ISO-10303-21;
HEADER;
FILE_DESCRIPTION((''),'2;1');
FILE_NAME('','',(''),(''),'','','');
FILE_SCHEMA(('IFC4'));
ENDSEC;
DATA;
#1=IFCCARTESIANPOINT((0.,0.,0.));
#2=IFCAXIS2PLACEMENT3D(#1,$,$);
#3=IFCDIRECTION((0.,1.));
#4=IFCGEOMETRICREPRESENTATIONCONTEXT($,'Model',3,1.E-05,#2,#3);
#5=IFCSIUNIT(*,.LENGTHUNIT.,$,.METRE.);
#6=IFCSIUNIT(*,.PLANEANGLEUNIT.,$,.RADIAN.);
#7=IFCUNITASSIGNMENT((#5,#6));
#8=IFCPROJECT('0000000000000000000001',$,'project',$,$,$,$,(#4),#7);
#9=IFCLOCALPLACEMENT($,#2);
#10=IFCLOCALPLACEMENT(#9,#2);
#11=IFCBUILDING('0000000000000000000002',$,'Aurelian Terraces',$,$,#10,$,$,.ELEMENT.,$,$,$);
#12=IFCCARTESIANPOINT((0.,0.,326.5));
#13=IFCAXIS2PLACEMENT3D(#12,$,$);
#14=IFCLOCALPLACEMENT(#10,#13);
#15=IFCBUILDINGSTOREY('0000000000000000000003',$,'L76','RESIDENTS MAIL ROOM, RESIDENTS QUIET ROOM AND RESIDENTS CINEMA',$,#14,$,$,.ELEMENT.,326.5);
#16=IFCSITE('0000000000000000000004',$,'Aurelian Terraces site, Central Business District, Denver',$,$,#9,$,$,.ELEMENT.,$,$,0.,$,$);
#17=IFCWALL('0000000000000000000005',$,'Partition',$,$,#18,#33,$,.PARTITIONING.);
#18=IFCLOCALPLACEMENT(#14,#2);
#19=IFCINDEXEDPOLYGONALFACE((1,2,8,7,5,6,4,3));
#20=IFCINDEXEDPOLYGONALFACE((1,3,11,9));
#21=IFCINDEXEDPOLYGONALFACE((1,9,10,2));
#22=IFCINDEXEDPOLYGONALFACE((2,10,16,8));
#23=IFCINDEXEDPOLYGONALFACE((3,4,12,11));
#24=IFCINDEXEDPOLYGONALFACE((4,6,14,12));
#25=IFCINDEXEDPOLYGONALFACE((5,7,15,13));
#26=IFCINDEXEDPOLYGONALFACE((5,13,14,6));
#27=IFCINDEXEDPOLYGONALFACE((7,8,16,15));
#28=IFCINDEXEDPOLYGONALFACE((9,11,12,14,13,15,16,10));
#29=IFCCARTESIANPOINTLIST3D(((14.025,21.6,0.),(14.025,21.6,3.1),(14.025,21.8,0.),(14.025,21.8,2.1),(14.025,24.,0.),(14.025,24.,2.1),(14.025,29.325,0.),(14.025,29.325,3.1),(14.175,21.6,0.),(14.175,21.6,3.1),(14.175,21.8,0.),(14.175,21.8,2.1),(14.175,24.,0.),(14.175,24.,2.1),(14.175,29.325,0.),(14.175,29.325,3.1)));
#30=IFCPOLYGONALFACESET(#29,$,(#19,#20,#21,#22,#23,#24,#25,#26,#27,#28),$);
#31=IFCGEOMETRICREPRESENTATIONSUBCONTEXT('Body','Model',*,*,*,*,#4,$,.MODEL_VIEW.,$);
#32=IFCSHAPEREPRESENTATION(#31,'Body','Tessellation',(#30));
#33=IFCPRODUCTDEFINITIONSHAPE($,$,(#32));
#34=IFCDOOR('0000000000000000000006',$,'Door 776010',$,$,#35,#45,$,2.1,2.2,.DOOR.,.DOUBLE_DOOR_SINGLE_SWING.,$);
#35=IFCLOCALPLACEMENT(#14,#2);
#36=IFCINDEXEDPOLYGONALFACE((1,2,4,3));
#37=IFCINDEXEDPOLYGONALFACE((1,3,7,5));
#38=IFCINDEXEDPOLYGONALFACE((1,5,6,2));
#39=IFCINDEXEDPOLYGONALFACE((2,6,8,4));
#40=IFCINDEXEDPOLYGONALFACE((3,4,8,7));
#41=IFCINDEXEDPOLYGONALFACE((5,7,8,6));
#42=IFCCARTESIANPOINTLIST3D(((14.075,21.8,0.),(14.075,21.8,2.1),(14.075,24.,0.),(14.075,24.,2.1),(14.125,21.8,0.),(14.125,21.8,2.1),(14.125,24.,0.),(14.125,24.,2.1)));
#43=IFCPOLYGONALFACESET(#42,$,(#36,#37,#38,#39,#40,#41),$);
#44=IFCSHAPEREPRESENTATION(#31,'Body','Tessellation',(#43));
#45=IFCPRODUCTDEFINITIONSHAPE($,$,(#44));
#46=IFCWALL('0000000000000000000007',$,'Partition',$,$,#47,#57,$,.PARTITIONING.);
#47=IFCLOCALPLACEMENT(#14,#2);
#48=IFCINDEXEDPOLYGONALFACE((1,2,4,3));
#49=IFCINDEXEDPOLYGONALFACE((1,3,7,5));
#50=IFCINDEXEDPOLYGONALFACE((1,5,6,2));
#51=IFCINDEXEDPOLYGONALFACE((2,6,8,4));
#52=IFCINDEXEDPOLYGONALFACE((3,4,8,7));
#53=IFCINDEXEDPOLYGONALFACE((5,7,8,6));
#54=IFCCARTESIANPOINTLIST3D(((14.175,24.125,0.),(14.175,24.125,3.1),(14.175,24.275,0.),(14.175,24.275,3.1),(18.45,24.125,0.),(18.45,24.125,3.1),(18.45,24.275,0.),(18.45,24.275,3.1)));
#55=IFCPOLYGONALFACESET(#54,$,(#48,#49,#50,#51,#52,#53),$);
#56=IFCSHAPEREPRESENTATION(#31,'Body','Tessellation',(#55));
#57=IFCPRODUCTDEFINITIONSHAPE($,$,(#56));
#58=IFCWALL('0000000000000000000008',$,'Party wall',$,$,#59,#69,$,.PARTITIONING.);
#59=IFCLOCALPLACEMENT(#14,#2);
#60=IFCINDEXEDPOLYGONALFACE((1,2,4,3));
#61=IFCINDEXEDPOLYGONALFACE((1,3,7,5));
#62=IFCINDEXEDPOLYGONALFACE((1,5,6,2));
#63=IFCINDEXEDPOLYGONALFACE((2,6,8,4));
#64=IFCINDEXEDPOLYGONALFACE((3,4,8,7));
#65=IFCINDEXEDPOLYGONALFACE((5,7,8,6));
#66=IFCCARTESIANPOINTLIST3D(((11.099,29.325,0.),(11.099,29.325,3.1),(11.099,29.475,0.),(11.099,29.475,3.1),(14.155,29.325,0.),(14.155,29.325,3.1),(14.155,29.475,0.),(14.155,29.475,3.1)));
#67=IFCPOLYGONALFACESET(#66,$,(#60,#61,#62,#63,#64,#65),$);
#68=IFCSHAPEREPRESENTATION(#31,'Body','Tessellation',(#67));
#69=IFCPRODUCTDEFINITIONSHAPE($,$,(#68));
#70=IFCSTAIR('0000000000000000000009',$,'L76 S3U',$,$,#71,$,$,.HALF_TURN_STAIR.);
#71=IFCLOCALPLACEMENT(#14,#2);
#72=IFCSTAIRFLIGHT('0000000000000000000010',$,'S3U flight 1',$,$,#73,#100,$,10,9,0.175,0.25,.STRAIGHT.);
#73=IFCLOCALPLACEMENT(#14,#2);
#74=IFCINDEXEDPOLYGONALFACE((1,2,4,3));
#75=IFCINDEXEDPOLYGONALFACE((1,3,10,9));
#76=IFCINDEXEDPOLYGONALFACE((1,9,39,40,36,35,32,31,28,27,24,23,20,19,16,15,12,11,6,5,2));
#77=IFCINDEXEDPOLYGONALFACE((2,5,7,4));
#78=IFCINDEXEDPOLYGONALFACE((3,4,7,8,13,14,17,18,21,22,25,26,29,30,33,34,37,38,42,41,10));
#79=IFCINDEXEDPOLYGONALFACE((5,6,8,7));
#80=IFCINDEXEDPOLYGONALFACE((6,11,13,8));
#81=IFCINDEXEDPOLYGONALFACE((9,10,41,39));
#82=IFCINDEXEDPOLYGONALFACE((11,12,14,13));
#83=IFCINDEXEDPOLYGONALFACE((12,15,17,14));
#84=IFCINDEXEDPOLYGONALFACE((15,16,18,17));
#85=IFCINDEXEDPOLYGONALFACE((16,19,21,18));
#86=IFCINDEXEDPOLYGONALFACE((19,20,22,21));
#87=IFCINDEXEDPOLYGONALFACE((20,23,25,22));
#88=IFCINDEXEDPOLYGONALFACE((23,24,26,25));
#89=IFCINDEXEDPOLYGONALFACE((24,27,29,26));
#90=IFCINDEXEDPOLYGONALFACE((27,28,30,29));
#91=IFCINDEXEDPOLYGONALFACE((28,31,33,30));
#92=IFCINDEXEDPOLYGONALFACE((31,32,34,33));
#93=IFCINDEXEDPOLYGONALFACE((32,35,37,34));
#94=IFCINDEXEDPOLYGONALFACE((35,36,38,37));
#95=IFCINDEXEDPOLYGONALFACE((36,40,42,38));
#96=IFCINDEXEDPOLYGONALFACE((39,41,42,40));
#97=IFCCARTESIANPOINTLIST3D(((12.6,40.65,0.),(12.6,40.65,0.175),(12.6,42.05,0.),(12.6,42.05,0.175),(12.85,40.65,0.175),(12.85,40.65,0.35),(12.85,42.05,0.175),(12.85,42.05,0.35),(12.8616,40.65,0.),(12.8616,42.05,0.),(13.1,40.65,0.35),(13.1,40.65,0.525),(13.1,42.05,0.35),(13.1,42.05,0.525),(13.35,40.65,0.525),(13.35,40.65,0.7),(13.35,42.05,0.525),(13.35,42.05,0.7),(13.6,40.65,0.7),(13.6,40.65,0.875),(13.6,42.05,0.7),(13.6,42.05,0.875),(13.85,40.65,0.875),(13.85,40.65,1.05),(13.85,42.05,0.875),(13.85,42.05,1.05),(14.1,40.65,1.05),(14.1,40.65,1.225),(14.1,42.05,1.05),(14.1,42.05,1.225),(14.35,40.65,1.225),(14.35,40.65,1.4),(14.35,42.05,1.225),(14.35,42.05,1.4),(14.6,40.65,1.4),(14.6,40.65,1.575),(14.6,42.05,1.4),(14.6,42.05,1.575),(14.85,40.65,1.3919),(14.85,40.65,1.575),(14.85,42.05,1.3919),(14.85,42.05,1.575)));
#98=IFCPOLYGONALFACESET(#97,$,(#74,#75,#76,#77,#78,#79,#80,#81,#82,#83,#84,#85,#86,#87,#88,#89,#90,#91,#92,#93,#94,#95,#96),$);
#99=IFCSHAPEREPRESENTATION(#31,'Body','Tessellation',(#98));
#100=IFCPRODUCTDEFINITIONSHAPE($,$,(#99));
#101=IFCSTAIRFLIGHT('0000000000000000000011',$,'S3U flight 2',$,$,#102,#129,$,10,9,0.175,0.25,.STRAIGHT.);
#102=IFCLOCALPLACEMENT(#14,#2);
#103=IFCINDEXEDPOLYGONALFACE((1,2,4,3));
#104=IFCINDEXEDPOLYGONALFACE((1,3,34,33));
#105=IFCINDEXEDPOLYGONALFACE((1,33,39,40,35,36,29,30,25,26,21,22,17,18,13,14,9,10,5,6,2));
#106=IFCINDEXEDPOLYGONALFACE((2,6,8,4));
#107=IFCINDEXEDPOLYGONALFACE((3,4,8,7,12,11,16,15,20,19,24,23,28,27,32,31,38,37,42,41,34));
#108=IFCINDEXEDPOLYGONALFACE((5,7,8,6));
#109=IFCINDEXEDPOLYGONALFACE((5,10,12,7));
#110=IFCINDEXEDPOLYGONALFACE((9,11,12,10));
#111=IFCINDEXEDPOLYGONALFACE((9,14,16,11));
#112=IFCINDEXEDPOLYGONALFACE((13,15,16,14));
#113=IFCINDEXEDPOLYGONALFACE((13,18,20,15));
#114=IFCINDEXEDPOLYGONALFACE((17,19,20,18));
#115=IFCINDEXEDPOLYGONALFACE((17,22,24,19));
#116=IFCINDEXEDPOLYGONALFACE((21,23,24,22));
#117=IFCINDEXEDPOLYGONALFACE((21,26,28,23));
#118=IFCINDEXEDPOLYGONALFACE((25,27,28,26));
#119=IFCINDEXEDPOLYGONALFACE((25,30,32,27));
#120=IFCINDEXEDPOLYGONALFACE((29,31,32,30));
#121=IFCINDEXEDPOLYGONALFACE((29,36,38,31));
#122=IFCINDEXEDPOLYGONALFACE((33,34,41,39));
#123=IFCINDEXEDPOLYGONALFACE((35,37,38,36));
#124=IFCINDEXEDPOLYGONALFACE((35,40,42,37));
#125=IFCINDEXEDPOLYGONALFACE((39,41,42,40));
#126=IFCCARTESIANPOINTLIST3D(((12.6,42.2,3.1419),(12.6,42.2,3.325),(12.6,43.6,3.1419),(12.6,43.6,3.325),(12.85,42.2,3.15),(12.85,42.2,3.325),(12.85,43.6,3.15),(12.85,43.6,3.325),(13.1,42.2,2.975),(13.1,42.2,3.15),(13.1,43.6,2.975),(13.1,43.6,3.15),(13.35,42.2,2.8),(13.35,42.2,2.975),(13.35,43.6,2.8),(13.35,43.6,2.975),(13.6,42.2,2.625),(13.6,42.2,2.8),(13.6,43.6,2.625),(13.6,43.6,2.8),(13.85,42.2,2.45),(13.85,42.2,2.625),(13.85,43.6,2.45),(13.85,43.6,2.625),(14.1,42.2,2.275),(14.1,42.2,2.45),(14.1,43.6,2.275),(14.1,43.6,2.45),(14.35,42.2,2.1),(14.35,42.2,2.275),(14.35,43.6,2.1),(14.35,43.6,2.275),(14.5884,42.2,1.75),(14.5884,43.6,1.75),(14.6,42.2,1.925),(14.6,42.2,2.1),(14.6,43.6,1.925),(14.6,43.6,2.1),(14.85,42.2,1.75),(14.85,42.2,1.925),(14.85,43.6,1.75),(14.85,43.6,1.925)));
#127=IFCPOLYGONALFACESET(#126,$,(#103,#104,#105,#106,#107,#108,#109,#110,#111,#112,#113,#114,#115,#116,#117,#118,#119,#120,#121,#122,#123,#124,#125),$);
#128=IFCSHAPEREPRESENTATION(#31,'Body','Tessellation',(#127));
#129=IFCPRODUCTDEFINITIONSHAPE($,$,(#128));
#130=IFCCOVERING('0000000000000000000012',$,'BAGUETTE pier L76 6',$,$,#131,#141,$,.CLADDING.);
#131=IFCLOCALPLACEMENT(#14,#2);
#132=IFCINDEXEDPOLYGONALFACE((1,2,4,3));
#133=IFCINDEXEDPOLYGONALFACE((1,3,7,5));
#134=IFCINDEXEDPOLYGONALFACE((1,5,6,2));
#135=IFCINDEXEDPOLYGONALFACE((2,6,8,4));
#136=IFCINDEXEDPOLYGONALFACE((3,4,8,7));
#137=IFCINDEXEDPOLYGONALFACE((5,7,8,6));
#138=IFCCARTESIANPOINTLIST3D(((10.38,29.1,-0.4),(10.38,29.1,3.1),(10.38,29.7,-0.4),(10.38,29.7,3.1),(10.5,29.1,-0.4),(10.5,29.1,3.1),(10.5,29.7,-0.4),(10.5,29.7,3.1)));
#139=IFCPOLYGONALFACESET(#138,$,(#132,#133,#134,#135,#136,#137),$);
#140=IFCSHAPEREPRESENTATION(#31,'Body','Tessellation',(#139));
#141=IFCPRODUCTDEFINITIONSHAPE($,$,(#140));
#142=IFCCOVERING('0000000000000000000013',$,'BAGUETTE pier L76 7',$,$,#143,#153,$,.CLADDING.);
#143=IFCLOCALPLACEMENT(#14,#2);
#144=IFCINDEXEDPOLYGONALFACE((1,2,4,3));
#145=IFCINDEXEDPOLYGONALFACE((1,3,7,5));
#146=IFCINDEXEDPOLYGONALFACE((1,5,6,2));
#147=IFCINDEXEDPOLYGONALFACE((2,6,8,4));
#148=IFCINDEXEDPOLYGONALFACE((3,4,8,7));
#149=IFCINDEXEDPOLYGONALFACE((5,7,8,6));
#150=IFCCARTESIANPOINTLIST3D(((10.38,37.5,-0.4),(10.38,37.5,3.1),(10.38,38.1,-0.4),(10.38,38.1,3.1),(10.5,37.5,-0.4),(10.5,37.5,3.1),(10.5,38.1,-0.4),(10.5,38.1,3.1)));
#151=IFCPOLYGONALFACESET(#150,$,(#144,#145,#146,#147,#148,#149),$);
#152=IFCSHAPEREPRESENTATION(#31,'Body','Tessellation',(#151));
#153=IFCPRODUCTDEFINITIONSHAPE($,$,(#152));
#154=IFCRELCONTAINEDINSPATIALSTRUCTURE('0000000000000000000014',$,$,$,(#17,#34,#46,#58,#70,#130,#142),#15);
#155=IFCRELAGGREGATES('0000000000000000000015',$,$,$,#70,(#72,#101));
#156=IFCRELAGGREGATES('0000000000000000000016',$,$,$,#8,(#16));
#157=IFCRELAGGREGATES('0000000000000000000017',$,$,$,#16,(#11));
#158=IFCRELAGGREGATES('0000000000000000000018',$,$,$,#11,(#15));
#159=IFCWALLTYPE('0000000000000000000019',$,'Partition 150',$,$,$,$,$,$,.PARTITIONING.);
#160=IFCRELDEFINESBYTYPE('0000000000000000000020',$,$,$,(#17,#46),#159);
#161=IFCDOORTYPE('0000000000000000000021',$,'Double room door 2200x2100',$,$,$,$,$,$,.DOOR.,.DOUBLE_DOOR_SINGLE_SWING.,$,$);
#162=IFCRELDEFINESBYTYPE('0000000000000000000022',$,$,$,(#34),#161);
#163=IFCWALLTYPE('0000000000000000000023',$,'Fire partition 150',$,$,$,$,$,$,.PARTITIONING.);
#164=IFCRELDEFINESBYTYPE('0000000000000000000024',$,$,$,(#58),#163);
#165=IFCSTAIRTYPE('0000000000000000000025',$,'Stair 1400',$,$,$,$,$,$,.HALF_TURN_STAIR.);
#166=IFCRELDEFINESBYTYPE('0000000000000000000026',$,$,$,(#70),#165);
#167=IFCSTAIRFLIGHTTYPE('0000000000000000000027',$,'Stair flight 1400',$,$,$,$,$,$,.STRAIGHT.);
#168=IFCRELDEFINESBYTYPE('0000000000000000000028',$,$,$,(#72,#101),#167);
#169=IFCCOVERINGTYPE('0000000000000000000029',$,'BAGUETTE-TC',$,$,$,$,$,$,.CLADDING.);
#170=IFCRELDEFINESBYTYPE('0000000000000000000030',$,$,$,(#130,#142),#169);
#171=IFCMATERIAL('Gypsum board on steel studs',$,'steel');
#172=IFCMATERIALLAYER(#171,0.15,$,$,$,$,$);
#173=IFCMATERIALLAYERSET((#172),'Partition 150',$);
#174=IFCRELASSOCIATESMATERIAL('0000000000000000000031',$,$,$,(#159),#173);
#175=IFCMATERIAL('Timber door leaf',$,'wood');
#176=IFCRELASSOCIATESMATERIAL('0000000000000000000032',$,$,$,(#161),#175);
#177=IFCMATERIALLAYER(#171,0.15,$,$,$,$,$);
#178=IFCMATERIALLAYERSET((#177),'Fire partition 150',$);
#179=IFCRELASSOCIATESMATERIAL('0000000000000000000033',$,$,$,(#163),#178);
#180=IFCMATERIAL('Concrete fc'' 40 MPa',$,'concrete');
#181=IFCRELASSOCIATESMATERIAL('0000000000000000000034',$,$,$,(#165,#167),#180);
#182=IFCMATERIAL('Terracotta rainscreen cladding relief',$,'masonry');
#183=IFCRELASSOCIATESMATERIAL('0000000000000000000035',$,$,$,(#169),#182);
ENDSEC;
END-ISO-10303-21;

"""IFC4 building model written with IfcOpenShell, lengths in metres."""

from ifc_helpers import new_model, si_unit, direction, frame, frame_2d, origin, origin_2d, place, context, subcontext, project, spatial, polyline, rectangle, outline, extrude, source, transform, mapped, material, layer, layer_set, type_object, element, fill, aggregate, save


model = new_model("IFC4")

# Units and contexts
model_context = context("Model", 3, precision=1e-05, world=origin(), true_north=direction((0.0, 1.0)))
body_context = subcontext(model_context, "Body", "Model", "MODEL_VIEW")
ifc_project = project(units=[si_unit("LENGTHUNIT", "METRE"), si_unit("PLANEANGLEUNIT", "RADIAN")], contexts=[model_context])

# Site, building, storey
site_placement = place(None, origin())
site = spatial("IfcSite", under=ifc_project, at=site_placement, Name="Aurelian Terraces site, Central Business District, Denver", CompositionType="ELEMENT", RefElevation=0.0)
building_placement = place(site_placement, origin())
building = spatial("IfcBuilding", under=site, at=building_placement, Name="Aurelian Terraces", CompositionType="ELEMENT")
storey_placement = place(building_placement, frame((0.0, 0.0, 326.5)))
storey = spatial("IfcBuildingStorey", under=building, at=storey_placement, Name="L76", Description="RESIDENTS MAIL ROOM, RESIDENTS QUIET ROOM AND RESIDENTS CINEMA", CompositionType="ELEMENT", Elevation=326.5)

# Shared definitions
ifc_material_1 = material(Name="Concrete fc' 40 MPa", Category="concrete")

# Shared definitions
ifc_material_2 = material(Name="Gypsum board on steel studs", Category="steel")

# Wall, opening, door
ifc_layer_1 = layer(ifc_material_2, 0.15)
ifc_layer_set_1 = layer_set([ifc_layer_1], Name="Partition 150")
wall_type_1 = type_object("IfcWallType", Name="Partition 150", PredefinedType="PARTITIONING", material=ifc_layer_set_1)
shared_shape_1 = source(origin(), body_context, "Body", "SweptSolid", [
    extrude(rectangle(XDim=7.725, YDim=0.15, at=frame_2d((3.8625, 0.0))), origin(), (0.0, 0.0, 1.0), 3.1),
])
wall_1_placement = place(storey_placement, frame((14.1, 29.325, 0.0), z_axis=(0.0, 0.0, 1.0), x_axis=(0.0, -1.0, 0.0)))
wall_1 = element("IfcWall", 1, at=wall_1_placement, inside=storey, type_object=wall_type_1, Name="Partition", PredefinedType="PARTITIONING", context=body_context, shape_type="MappedRepresentation", body=[
    mapped(shared_shape_1, transform((0.0, 0.0, 0.0), scale=1.0)),
])
shared_shape_2 = source(origin(), body_context, "Body", "SweptSolid", [
    extrude(rectangle(XDim=2.2, YDim=2.1, at=frame_2d((1.1, 1.05))), frame((0.0, 0.085, 0.0), z_axis=(0.0, -1.0, 0.0), x_axis=(1.0, 0.0, 0.0)), (0.0, 0.0, 1.0), 0.17),
])
opening_1_placement = place(wall_1_placement, frame((5.325, 0.0, 0.0)))
opening_1 = element("IfcOpeningElement", 2, at=opening_1_placement, cuts=wall_1, PredefinedType="OPENING", context=body_context, shape_type="MappedRepresentation", body=[
    mapped(shared_shape_2, transform((0.0, 0.0, 0.0), scale=1.0)),
])
ifc_material_3 = material(Name="Timber door leaf", Category="wood")
door_type_1 = type_object("IfcDoorType", Name="Double room door 2200x2100", OperationType="DOUBLE_DOOR_SINGLE_SWING", PredefinedType="DOOR", material=ifc_material_3)
shared_shape_3 = source(origin(), body_context, "Body", "SweptSolid", [
    extrude(rectangle(XDim=2.2, YDim=2.1, at=frame_2d((1.1, 1.05))), frame((0.0, 0.025, 0.0), z_axis=(0.0, -1.0, 0.0), x_axis=(1.0, 0.0, 0.0)), (0.0, 0.0, 1.0), 0.05),
])
door_1_placement = place(opening_1_placement, origin())
door_1 = element("IfcDoor", 3, at=door_1_placement, inside=storey, type_object=door_type_1, Name="Door 776010", OperationType="DOUBLE_DOOR_SINGLE_SWING", OverallHeight=2.1, OverallWidth=2.2, PredefinedType="DOOR", context=body_context, shape_type="MappedRepresentation", body=[
    mapped(shared_shape_3, transform((0.0, 0.0, 0.0), scale=1.0)),
])
fill(opening_1, door_1)

# Walls
shared_shape_4 = source(origin(), body_context, "Body", "SweptSolid", [
    extrude(rectangle(XDim=4.275, YDim=0.15, at=frame_2d((2.1375, 0.0))), origin(), (0.0, 0.0, 1.0), 3.1),
])
wall_2_placement = place(storey_placement, frame((14.175, 24.2, 0.0), z_axis=(0.0, 0.0, 1.0), x_axis=(1.0, 0.0, 0.0)))
element("IfcWall", 4, at=wall_2_placement, inside=storey, type_object=wall_type_1, Name="Partition", PredefinedType="PARTITIONING", context=body_context, shape_type="MappedRepresentation", body=[
    mapped(shared_shape_4, transform((0.0, 0.0, 0.0), scale=1.0)),
])
ifc_layer_2 = layer(ifc_material_2, 0.15)
ifc_layer_set_2 = layer_set([ifc_layer_2], Name="Fire partition 150")
wall_type_2 = type_object("IfcWallType", Name="Fire partition 150", PredefinedType="PARTITIONING", material=ifc_layer_set_2)
shared_shape_5 = source(origin(), body_context, "Body", "SweptSolid", [
    extrude(rectangle(XDim=3.056, YDim=0.15, at=frame_2d((1.528, 0.0))), origin(), (0.0, 0.0, 1.0), 3.1),
])
wall_3_placement = place(storey_placement, frame((14.155, 29.4, 0.0), z_axis=(0.0, 0.0, 1.0), x_axis=(-1.0, 0.0, 0.0)))
element("IfcWall", 5, at=wall_3_placement, inside=storey, type_object=wall_type_2, Name="Party wall", PredefinedType="PARTITIONING", context=body_context, shape_type="MappedRepresentation", body=[
    mapped(shared_shape_5, transform((0.0, 0.0, 0.0), scale=1.0)),
])

# Stair, stair flights
stair_type = type_object("IfcStairType", Name="Stair 1400", PredefinedType="HALF_TURN_STAIR", material=ifc_material_1)
stair_placement = place(storey_placement, origin())
stair = element("IfcStair", 6, at=stair_placement, inside=storey, type_object=stair_type, Name="L76 S3U", PredefinedType="HALF_TURN_STAIR")
stair_flight_type = type_object("IfcStairFlightType", Name="Stair flight 1400", PredefinedType="STRAIGHT", material=ifc_material_1)
shared_shape_6 = source(origin(), body_context, "Body", "SweptSolid", [
    extrude(outline(polyline([(0.0, 0.0), (0.0, 0.175), (0.25, 0.175), (0.25, 0.35), (0.5, 0.35), (0.5, 0.525), (0.75, 0.525), (0.75, 0.7), (1.0, 0.7), (1.0, 0.875), (1.25, 0.875), (1.25, 1.05), (1.5, 1.05), (1.5, 1.225), (1.75, 1.225), (1.75, 1.4), (2.0, 1.4), (2.0, 1.575), (2.25, 1.575), (2.25, 1.75), (2.25, 1.3919), (0.2616, 0.0), (0.0, 0.0)])), frame((0.0, 0.7, 0.0), z_axis=(0.0, -1.0, 0.0), x_axis=(1.0, 0.0, 0.0)), (0.0, 0.0, 1.0), 1.4),
])
stair_flight_1_placement = place(storey_placement, frame((12.6, 41.35, 0.0), z_axis=(0.0, 0.0, 1.0), x_axis=(1.0, 0.0, 0.0)))
stair_flight_1 = element("IfcStairFlight", 7, at=stair_flight_1_placement, type_object=stair_flight_type, Name="S3U flight 1", NumberOfRisers=10, NumberOfTreads=9, PredefinedType="STRAIGHT", RiserHeight=0.175, TreadLength=0.25, context=body_context, shape_type="MappedRepresentation", body=[
    mapped(shared_shape_6, transform((0.0, 0.0, 0.0), scale=1.0)),
])
stair_flight_2_placement = place(storey_placement, frame((14.85, 42.9, 1.75), z_axis=(0.0, 0.0, 1.0), x_axis=(-1.0, 0.0, 0.0)))
stair_flight_2 = element("IfcStairFlight", 8, at=stair_flight_2_placement, type_object=stair_flight_type, Name="S3U flight 2", NumberOfRisers=10, NumberOfTreads=9, PredefinedType="STRAIGHT", RiserHeight=0.175, TreadLength=0.25, context=body_context, shape_type="MappedRepresentation", body=[
    mapped(shared_shape_6, transform((0.0, 0.0, 0.0), scale=1.0)),
])
aggregate(stair, [stair_flight_1, stair_flight_2])

# Coverings
ifc_material_4 = material(Name="Terracotta rainscreen cladding relief", Category="masonry")
covering_type_1 = type_object("IfcCoveringType", Name="BAGUETTE-TC", PredefinedType="CLADDING", material=ifc_material_4)
shared_shape_7 = source(origin(), body_context, "Body", "SweptSolid", [
    extrude(rectangle(XDim=0.12, YDim=0.6, at=origin_2d()), origin(), (0.0, 0.0, 1.0), 3.5),
])
for number, where, z_axis, x_axis, name in (
    (9, (10.44, 29.4, -0.4), (0.0, 0.0, 1.0), (1.0, 0.0, 0.0), "BAGUETTE pier L76 6"),
    (10, (10.44, 37.8, -0.4), (0.0, 0.0, 1.0), (1.0, 0.0, 0.0), "BAGUETTE pier L76 7"),
):
    element("IfcCovering", number, at=place(storey_placement, frame(where, z_axis=z_axis, x_axis=x_axis)), inside=storey, type_object=covering_type_1, Name=name, PredefinedType="CLADDING", context=body_context, shape_type="MappedRepresentation", body=[
        mapped(shared_shape_7, transform((0.0, 0.0, 0.0), scale=1.0)),
    ])

save(model, "model.ifc")
